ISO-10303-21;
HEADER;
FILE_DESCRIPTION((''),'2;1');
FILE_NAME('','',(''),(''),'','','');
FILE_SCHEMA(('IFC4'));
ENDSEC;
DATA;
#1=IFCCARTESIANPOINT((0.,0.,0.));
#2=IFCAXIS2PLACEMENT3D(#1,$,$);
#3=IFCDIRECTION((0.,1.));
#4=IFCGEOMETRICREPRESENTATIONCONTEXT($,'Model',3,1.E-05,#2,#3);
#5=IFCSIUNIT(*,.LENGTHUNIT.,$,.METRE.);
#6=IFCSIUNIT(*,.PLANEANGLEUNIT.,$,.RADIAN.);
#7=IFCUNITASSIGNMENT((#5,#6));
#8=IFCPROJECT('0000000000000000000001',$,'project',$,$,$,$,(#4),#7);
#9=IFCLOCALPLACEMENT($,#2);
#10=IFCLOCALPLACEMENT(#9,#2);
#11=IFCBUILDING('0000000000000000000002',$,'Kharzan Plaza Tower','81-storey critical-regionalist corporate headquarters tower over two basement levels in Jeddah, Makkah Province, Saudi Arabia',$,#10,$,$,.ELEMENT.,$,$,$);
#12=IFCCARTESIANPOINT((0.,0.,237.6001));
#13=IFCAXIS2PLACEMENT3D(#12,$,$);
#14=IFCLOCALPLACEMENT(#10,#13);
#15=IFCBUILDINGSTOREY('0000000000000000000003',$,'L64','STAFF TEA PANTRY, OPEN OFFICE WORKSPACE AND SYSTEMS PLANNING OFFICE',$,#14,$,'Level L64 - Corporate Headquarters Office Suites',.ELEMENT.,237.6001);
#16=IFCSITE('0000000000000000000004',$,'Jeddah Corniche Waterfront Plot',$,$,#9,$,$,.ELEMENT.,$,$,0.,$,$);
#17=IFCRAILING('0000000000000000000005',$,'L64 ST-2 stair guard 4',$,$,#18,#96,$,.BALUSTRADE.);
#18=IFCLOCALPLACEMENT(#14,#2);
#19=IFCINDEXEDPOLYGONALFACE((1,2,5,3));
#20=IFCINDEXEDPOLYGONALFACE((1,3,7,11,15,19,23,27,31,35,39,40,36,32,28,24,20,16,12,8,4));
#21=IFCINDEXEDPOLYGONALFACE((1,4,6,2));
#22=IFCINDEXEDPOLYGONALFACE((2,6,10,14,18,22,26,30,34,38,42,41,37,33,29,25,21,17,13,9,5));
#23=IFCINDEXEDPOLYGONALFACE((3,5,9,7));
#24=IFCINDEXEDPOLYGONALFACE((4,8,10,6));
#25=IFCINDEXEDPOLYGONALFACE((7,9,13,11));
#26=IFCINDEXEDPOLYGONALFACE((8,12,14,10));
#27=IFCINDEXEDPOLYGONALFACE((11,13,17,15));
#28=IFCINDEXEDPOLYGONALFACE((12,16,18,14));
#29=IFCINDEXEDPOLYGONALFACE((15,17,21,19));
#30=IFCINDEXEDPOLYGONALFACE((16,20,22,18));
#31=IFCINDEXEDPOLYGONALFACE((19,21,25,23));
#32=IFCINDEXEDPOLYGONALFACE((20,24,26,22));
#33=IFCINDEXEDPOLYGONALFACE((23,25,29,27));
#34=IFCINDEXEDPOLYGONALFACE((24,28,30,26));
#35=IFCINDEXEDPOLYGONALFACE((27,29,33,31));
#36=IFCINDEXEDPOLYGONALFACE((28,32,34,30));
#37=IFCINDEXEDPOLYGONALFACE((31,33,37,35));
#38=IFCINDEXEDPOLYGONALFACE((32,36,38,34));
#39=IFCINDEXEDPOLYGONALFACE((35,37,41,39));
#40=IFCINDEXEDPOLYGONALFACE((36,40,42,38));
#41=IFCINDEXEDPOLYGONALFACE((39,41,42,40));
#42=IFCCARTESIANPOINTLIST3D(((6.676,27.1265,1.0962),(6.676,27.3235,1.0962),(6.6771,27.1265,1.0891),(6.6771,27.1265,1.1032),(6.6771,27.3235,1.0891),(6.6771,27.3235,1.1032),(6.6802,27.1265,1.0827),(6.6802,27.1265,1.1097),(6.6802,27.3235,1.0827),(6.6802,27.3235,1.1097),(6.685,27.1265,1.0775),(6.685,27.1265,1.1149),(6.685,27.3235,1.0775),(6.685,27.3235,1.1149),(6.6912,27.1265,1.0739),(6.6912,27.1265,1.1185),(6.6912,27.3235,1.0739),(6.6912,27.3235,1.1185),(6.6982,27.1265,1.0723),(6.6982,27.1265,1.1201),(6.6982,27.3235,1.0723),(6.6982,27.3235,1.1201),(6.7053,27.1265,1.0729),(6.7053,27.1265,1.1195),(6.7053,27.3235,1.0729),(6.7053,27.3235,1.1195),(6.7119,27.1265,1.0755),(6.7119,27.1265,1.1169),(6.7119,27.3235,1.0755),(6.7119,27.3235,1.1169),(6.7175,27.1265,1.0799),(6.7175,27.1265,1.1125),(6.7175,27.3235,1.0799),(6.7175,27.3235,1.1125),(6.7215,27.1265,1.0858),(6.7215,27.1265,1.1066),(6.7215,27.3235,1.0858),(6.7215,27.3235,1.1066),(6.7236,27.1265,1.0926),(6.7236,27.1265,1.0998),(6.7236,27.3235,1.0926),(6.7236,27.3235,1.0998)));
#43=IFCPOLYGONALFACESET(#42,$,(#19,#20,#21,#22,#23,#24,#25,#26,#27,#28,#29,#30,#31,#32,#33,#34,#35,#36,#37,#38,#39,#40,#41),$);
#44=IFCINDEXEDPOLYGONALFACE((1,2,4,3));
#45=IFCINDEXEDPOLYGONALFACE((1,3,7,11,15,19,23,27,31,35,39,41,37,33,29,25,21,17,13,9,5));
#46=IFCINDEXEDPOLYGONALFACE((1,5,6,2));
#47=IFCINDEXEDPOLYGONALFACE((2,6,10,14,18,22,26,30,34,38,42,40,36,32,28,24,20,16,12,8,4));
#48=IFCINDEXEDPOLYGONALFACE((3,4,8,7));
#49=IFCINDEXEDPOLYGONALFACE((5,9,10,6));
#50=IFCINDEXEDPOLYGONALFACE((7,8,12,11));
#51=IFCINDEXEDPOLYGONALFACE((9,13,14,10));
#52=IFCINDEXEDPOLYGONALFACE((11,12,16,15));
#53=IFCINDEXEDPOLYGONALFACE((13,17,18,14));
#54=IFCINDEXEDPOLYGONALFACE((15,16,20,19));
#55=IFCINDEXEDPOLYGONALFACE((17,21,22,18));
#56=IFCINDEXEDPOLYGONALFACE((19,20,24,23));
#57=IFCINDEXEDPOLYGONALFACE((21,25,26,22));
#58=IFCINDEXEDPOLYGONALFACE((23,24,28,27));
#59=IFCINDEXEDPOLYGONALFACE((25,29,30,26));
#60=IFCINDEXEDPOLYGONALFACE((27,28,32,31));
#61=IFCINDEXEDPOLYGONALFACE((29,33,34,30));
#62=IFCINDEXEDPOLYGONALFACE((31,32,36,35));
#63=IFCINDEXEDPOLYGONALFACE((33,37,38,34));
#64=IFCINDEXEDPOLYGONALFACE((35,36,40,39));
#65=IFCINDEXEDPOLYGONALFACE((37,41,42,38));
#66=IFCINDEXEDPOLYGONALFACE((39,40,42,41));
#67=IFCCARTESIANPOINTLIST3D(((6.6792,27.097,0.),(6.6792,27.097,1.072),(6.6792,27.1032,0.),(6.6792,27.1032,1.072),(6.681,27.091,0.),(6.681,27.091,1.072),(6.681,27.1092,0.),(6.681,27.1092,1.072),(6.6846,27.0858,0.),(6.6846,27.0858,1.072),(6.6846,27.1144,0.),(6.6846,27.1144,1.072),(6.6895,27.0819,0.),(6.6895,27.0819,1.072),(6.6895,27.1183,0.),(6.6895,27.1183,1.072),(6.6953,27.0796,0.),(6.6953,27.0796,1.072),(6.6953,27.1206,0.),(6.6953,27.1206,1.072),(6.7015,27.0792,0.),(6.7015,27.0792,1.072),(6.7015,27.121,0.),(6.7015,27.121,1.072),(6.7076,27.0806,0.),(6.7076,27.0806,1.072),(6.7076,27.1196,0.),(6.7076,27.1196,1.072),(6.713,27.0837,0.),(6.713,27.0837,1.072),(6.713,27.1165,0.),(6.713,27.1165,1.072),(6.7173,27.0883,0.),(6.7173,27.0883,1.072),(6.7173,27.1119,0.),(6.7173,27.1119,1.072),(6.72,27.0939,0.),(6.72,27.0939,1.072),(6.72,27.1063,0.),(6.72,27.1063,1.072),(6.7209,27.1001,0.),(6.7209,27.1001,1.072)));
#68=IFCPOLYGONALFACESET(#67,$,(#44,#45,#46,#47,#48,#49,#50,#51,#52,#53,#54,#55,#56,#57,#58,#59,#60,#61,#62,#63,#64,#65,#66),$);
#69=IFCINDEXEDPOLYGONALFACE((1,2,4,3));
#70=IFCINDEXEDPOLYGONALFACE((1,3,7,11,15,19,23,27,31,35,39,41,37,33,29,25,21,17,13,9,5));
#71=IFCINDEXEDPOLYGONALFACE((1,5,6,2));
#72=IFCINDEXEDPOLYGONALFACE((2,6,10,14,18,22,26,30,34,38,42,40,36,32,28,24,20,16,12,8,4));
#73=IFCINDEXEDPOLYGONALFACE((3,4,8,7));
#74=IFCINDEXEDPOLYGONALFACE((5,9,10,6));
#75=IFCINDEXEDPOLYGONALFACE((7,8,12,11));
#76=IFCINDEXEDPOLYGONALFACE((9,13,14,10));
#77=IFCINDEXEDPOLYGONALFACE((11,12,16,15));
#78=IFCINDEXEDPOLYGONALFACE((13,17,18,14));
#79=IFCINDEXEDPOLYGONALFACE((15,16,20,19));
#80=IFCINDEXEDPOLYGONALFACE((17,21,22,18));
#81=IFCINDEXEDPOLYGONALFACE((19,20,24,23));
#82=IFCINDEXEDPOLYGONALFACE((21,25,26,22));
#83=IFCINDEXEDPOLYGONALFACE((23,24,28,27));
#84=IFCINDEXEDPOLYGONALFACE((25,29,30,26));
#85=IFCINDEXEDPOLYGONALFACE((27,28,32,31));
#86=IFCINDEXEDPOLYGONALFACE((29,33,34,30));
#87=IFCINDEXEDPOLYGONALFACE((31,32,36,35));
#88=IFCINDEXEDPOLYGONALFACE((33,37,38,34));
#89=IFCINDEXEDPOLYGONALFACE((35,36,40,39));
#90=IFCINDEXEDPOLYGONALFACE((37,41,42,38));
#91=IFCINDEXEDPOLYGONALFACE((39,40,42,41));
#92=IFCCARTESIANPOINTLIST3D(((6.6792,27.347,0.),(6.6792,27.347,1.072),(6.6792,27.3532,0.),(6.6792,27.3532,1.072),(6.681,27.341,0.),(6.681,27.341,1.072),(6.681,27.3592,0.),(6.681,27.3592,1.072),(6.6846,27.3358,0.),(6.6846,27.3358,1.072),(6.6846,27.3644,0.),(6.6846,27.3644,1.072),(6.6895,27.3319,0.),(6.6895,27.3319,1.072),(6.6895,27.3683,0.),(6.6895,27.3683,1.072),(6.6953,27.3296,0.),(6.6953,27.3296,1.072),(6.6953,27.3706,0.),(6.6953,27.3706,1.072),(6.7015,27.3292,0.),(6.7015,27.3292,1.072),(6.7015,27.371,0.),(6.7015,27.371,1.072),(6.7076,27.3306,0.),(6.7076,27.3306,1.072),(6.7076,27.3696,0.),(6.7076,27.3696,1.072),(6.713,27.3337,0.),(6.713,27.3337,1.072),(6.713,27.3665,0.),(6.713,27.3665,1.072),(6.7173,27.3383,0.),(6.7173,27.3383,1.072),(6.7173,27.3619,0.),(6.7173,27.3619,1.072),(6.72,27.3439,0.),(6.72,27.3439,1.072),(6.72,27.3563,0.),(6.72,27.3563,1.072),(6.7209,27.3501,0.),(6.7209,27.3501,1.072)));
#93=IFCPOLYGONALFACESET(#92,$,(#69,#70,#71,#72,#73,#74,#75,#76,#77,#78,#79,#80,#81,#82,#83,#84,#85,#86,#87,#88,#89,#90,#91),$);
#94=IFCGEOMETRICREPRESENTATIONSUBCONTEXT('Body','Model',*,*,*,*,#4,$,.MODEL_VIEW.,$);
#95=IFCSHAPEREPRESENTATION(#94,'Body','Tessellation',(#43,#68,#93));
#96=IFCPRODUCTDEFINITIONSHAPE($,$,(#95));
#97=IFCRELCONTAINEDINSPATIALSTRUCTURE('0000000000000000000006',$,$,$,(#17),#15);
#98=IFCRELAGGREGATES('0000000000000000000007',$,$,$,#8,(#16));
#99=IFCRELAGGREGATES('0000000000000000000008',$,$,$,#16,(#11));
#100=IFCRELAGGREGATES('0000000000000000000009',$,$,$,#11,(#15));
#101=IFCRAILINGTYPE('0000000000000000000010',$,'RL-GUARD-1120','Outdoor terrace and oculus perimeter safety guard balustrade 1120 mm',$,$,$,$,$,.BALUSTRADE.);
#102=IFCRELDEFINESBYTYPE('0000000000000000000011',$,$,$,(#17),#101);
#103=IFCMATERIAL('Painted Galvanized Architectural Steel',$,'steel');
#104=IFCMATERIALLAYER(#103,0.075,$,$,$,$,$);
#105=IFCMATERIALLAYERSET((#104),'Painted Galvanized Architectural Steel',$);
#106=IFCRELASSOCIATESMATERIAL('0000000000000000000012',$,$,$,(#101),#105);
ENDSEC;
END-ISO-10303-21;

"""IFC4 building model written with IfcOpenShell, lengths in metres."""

from ifc_helpers import new_model, si_unit, direction, frame, origin, origin_2d, place, context, subcontext, project, spatial, circle, extrude, source, transform, mapped, material, layer, layer_set, type_object, element, save


model = new_model("IFC4")

# Units and contexts
model_context = context("Model", 3, precision=1e-05, world=origin(), true_north=direction((0.0, 1.0)))
body_context = subcontext(model_context, "Body", "Model", "MODEL_VIEW")
ifc_project = project(units=[si_unit("LENGTHUNIT", "METRE"), si_unit("PLANEANGLEUNIT", "RADIAN")], contexts=[model_context])

# Site, building, storey
site_placement = place(None, origin())
site = spatial("IfcSite", under=ifc_project, at=site_placement, Name="Jeddah Corniche Waterfront Plot", CompositionType="ELEMENT", RefElevation=0.0)
building_placement = place(site_placement, origin())
building = spatial("IfcBuilding", under=site, at=building_placement, Name="Kharzan Plaza Tower", Description="81-storey critical-regionalist corporate headquarters tower over two basement levels in Jeddah, Makkah Province, Saudi Arabia", CompositionType="ELEMENT")
storey_placement = place(building_placement, frame((0.0, 0.0, 237.6001)))
storey = spatial("IfcBuildingStorey", under=building, at=storey_placement, Name="L64", Description="STAFF TEA PANTRY, OPEN OFFICE WORKSPACE AND SYSTEMS PLANNING OFFICE", LongName="Level L64 - Corporate Headquarters Office Suites", CompositionType="ELEMENT", Elevation=237.6001)

# Railing
ifc_material_1 = material(Name="Painted Galvanized Architectural Steel", Category="steel")
ifc_layer_1 = layer(ifc_material_1, 0.075)
ifc_layer_set_1 = layer_set([ifc_layer_1], Name="Painted Galvanized Architectural Steel")
railing_type_1 = type_object("IfcRailingType", Name="RL-GUARD-1120", Description="Outdoor terrace and oculus perimeter safety guard balustrade 1120 mm", PredefinedType="BALUSTRADE", material=ifc_layer_set_1)
shared_shape_1 = source(origin(), body_context, "Body", "SweptSolid", [
    extrude(circle(Radius=0.0239, at=origin_2d()), frame((0.0, 0.0264, 1.0962), z_axis=(0.0, 1.0, 0.0), x_axis=(-1.0, 0.0, 0.0)), (0.0, 0.0, 1.0), 0.197),
    extrude(circle(Radius=0.021, at=origin_2d()), origin(), (0.0, 0.0, 1.0), 1.072),
    extrude(circle(Radius=0.021, at=origin_2d()), frame((0.0, 0.25, 0.0)), (0.0, 0.0, 1.0), 1.072),
])
for number, where, name in (
    (1, (6.7, 27.1001, 0.0), "L64 ST-2 stair guard 4"),
):
    element("IfcRailing", number, at=place(storey_placement, frame(where)), inside=storey, type_object=railing_type_1, Name=name, PredefinedType="BALUSTRADE", context=body_context, shape_type="MappedRepresentation", body=[
        mapped(shared_shape_1, transform((0.0, 0.0, 0.0), x_axis=(1.0, 0.0, 0.0), y_axis=(0.0, 1.0, 0.0), z_axis=(0.0, 0.0, 1.0))),
    ])

save(model, "model.ifc")
